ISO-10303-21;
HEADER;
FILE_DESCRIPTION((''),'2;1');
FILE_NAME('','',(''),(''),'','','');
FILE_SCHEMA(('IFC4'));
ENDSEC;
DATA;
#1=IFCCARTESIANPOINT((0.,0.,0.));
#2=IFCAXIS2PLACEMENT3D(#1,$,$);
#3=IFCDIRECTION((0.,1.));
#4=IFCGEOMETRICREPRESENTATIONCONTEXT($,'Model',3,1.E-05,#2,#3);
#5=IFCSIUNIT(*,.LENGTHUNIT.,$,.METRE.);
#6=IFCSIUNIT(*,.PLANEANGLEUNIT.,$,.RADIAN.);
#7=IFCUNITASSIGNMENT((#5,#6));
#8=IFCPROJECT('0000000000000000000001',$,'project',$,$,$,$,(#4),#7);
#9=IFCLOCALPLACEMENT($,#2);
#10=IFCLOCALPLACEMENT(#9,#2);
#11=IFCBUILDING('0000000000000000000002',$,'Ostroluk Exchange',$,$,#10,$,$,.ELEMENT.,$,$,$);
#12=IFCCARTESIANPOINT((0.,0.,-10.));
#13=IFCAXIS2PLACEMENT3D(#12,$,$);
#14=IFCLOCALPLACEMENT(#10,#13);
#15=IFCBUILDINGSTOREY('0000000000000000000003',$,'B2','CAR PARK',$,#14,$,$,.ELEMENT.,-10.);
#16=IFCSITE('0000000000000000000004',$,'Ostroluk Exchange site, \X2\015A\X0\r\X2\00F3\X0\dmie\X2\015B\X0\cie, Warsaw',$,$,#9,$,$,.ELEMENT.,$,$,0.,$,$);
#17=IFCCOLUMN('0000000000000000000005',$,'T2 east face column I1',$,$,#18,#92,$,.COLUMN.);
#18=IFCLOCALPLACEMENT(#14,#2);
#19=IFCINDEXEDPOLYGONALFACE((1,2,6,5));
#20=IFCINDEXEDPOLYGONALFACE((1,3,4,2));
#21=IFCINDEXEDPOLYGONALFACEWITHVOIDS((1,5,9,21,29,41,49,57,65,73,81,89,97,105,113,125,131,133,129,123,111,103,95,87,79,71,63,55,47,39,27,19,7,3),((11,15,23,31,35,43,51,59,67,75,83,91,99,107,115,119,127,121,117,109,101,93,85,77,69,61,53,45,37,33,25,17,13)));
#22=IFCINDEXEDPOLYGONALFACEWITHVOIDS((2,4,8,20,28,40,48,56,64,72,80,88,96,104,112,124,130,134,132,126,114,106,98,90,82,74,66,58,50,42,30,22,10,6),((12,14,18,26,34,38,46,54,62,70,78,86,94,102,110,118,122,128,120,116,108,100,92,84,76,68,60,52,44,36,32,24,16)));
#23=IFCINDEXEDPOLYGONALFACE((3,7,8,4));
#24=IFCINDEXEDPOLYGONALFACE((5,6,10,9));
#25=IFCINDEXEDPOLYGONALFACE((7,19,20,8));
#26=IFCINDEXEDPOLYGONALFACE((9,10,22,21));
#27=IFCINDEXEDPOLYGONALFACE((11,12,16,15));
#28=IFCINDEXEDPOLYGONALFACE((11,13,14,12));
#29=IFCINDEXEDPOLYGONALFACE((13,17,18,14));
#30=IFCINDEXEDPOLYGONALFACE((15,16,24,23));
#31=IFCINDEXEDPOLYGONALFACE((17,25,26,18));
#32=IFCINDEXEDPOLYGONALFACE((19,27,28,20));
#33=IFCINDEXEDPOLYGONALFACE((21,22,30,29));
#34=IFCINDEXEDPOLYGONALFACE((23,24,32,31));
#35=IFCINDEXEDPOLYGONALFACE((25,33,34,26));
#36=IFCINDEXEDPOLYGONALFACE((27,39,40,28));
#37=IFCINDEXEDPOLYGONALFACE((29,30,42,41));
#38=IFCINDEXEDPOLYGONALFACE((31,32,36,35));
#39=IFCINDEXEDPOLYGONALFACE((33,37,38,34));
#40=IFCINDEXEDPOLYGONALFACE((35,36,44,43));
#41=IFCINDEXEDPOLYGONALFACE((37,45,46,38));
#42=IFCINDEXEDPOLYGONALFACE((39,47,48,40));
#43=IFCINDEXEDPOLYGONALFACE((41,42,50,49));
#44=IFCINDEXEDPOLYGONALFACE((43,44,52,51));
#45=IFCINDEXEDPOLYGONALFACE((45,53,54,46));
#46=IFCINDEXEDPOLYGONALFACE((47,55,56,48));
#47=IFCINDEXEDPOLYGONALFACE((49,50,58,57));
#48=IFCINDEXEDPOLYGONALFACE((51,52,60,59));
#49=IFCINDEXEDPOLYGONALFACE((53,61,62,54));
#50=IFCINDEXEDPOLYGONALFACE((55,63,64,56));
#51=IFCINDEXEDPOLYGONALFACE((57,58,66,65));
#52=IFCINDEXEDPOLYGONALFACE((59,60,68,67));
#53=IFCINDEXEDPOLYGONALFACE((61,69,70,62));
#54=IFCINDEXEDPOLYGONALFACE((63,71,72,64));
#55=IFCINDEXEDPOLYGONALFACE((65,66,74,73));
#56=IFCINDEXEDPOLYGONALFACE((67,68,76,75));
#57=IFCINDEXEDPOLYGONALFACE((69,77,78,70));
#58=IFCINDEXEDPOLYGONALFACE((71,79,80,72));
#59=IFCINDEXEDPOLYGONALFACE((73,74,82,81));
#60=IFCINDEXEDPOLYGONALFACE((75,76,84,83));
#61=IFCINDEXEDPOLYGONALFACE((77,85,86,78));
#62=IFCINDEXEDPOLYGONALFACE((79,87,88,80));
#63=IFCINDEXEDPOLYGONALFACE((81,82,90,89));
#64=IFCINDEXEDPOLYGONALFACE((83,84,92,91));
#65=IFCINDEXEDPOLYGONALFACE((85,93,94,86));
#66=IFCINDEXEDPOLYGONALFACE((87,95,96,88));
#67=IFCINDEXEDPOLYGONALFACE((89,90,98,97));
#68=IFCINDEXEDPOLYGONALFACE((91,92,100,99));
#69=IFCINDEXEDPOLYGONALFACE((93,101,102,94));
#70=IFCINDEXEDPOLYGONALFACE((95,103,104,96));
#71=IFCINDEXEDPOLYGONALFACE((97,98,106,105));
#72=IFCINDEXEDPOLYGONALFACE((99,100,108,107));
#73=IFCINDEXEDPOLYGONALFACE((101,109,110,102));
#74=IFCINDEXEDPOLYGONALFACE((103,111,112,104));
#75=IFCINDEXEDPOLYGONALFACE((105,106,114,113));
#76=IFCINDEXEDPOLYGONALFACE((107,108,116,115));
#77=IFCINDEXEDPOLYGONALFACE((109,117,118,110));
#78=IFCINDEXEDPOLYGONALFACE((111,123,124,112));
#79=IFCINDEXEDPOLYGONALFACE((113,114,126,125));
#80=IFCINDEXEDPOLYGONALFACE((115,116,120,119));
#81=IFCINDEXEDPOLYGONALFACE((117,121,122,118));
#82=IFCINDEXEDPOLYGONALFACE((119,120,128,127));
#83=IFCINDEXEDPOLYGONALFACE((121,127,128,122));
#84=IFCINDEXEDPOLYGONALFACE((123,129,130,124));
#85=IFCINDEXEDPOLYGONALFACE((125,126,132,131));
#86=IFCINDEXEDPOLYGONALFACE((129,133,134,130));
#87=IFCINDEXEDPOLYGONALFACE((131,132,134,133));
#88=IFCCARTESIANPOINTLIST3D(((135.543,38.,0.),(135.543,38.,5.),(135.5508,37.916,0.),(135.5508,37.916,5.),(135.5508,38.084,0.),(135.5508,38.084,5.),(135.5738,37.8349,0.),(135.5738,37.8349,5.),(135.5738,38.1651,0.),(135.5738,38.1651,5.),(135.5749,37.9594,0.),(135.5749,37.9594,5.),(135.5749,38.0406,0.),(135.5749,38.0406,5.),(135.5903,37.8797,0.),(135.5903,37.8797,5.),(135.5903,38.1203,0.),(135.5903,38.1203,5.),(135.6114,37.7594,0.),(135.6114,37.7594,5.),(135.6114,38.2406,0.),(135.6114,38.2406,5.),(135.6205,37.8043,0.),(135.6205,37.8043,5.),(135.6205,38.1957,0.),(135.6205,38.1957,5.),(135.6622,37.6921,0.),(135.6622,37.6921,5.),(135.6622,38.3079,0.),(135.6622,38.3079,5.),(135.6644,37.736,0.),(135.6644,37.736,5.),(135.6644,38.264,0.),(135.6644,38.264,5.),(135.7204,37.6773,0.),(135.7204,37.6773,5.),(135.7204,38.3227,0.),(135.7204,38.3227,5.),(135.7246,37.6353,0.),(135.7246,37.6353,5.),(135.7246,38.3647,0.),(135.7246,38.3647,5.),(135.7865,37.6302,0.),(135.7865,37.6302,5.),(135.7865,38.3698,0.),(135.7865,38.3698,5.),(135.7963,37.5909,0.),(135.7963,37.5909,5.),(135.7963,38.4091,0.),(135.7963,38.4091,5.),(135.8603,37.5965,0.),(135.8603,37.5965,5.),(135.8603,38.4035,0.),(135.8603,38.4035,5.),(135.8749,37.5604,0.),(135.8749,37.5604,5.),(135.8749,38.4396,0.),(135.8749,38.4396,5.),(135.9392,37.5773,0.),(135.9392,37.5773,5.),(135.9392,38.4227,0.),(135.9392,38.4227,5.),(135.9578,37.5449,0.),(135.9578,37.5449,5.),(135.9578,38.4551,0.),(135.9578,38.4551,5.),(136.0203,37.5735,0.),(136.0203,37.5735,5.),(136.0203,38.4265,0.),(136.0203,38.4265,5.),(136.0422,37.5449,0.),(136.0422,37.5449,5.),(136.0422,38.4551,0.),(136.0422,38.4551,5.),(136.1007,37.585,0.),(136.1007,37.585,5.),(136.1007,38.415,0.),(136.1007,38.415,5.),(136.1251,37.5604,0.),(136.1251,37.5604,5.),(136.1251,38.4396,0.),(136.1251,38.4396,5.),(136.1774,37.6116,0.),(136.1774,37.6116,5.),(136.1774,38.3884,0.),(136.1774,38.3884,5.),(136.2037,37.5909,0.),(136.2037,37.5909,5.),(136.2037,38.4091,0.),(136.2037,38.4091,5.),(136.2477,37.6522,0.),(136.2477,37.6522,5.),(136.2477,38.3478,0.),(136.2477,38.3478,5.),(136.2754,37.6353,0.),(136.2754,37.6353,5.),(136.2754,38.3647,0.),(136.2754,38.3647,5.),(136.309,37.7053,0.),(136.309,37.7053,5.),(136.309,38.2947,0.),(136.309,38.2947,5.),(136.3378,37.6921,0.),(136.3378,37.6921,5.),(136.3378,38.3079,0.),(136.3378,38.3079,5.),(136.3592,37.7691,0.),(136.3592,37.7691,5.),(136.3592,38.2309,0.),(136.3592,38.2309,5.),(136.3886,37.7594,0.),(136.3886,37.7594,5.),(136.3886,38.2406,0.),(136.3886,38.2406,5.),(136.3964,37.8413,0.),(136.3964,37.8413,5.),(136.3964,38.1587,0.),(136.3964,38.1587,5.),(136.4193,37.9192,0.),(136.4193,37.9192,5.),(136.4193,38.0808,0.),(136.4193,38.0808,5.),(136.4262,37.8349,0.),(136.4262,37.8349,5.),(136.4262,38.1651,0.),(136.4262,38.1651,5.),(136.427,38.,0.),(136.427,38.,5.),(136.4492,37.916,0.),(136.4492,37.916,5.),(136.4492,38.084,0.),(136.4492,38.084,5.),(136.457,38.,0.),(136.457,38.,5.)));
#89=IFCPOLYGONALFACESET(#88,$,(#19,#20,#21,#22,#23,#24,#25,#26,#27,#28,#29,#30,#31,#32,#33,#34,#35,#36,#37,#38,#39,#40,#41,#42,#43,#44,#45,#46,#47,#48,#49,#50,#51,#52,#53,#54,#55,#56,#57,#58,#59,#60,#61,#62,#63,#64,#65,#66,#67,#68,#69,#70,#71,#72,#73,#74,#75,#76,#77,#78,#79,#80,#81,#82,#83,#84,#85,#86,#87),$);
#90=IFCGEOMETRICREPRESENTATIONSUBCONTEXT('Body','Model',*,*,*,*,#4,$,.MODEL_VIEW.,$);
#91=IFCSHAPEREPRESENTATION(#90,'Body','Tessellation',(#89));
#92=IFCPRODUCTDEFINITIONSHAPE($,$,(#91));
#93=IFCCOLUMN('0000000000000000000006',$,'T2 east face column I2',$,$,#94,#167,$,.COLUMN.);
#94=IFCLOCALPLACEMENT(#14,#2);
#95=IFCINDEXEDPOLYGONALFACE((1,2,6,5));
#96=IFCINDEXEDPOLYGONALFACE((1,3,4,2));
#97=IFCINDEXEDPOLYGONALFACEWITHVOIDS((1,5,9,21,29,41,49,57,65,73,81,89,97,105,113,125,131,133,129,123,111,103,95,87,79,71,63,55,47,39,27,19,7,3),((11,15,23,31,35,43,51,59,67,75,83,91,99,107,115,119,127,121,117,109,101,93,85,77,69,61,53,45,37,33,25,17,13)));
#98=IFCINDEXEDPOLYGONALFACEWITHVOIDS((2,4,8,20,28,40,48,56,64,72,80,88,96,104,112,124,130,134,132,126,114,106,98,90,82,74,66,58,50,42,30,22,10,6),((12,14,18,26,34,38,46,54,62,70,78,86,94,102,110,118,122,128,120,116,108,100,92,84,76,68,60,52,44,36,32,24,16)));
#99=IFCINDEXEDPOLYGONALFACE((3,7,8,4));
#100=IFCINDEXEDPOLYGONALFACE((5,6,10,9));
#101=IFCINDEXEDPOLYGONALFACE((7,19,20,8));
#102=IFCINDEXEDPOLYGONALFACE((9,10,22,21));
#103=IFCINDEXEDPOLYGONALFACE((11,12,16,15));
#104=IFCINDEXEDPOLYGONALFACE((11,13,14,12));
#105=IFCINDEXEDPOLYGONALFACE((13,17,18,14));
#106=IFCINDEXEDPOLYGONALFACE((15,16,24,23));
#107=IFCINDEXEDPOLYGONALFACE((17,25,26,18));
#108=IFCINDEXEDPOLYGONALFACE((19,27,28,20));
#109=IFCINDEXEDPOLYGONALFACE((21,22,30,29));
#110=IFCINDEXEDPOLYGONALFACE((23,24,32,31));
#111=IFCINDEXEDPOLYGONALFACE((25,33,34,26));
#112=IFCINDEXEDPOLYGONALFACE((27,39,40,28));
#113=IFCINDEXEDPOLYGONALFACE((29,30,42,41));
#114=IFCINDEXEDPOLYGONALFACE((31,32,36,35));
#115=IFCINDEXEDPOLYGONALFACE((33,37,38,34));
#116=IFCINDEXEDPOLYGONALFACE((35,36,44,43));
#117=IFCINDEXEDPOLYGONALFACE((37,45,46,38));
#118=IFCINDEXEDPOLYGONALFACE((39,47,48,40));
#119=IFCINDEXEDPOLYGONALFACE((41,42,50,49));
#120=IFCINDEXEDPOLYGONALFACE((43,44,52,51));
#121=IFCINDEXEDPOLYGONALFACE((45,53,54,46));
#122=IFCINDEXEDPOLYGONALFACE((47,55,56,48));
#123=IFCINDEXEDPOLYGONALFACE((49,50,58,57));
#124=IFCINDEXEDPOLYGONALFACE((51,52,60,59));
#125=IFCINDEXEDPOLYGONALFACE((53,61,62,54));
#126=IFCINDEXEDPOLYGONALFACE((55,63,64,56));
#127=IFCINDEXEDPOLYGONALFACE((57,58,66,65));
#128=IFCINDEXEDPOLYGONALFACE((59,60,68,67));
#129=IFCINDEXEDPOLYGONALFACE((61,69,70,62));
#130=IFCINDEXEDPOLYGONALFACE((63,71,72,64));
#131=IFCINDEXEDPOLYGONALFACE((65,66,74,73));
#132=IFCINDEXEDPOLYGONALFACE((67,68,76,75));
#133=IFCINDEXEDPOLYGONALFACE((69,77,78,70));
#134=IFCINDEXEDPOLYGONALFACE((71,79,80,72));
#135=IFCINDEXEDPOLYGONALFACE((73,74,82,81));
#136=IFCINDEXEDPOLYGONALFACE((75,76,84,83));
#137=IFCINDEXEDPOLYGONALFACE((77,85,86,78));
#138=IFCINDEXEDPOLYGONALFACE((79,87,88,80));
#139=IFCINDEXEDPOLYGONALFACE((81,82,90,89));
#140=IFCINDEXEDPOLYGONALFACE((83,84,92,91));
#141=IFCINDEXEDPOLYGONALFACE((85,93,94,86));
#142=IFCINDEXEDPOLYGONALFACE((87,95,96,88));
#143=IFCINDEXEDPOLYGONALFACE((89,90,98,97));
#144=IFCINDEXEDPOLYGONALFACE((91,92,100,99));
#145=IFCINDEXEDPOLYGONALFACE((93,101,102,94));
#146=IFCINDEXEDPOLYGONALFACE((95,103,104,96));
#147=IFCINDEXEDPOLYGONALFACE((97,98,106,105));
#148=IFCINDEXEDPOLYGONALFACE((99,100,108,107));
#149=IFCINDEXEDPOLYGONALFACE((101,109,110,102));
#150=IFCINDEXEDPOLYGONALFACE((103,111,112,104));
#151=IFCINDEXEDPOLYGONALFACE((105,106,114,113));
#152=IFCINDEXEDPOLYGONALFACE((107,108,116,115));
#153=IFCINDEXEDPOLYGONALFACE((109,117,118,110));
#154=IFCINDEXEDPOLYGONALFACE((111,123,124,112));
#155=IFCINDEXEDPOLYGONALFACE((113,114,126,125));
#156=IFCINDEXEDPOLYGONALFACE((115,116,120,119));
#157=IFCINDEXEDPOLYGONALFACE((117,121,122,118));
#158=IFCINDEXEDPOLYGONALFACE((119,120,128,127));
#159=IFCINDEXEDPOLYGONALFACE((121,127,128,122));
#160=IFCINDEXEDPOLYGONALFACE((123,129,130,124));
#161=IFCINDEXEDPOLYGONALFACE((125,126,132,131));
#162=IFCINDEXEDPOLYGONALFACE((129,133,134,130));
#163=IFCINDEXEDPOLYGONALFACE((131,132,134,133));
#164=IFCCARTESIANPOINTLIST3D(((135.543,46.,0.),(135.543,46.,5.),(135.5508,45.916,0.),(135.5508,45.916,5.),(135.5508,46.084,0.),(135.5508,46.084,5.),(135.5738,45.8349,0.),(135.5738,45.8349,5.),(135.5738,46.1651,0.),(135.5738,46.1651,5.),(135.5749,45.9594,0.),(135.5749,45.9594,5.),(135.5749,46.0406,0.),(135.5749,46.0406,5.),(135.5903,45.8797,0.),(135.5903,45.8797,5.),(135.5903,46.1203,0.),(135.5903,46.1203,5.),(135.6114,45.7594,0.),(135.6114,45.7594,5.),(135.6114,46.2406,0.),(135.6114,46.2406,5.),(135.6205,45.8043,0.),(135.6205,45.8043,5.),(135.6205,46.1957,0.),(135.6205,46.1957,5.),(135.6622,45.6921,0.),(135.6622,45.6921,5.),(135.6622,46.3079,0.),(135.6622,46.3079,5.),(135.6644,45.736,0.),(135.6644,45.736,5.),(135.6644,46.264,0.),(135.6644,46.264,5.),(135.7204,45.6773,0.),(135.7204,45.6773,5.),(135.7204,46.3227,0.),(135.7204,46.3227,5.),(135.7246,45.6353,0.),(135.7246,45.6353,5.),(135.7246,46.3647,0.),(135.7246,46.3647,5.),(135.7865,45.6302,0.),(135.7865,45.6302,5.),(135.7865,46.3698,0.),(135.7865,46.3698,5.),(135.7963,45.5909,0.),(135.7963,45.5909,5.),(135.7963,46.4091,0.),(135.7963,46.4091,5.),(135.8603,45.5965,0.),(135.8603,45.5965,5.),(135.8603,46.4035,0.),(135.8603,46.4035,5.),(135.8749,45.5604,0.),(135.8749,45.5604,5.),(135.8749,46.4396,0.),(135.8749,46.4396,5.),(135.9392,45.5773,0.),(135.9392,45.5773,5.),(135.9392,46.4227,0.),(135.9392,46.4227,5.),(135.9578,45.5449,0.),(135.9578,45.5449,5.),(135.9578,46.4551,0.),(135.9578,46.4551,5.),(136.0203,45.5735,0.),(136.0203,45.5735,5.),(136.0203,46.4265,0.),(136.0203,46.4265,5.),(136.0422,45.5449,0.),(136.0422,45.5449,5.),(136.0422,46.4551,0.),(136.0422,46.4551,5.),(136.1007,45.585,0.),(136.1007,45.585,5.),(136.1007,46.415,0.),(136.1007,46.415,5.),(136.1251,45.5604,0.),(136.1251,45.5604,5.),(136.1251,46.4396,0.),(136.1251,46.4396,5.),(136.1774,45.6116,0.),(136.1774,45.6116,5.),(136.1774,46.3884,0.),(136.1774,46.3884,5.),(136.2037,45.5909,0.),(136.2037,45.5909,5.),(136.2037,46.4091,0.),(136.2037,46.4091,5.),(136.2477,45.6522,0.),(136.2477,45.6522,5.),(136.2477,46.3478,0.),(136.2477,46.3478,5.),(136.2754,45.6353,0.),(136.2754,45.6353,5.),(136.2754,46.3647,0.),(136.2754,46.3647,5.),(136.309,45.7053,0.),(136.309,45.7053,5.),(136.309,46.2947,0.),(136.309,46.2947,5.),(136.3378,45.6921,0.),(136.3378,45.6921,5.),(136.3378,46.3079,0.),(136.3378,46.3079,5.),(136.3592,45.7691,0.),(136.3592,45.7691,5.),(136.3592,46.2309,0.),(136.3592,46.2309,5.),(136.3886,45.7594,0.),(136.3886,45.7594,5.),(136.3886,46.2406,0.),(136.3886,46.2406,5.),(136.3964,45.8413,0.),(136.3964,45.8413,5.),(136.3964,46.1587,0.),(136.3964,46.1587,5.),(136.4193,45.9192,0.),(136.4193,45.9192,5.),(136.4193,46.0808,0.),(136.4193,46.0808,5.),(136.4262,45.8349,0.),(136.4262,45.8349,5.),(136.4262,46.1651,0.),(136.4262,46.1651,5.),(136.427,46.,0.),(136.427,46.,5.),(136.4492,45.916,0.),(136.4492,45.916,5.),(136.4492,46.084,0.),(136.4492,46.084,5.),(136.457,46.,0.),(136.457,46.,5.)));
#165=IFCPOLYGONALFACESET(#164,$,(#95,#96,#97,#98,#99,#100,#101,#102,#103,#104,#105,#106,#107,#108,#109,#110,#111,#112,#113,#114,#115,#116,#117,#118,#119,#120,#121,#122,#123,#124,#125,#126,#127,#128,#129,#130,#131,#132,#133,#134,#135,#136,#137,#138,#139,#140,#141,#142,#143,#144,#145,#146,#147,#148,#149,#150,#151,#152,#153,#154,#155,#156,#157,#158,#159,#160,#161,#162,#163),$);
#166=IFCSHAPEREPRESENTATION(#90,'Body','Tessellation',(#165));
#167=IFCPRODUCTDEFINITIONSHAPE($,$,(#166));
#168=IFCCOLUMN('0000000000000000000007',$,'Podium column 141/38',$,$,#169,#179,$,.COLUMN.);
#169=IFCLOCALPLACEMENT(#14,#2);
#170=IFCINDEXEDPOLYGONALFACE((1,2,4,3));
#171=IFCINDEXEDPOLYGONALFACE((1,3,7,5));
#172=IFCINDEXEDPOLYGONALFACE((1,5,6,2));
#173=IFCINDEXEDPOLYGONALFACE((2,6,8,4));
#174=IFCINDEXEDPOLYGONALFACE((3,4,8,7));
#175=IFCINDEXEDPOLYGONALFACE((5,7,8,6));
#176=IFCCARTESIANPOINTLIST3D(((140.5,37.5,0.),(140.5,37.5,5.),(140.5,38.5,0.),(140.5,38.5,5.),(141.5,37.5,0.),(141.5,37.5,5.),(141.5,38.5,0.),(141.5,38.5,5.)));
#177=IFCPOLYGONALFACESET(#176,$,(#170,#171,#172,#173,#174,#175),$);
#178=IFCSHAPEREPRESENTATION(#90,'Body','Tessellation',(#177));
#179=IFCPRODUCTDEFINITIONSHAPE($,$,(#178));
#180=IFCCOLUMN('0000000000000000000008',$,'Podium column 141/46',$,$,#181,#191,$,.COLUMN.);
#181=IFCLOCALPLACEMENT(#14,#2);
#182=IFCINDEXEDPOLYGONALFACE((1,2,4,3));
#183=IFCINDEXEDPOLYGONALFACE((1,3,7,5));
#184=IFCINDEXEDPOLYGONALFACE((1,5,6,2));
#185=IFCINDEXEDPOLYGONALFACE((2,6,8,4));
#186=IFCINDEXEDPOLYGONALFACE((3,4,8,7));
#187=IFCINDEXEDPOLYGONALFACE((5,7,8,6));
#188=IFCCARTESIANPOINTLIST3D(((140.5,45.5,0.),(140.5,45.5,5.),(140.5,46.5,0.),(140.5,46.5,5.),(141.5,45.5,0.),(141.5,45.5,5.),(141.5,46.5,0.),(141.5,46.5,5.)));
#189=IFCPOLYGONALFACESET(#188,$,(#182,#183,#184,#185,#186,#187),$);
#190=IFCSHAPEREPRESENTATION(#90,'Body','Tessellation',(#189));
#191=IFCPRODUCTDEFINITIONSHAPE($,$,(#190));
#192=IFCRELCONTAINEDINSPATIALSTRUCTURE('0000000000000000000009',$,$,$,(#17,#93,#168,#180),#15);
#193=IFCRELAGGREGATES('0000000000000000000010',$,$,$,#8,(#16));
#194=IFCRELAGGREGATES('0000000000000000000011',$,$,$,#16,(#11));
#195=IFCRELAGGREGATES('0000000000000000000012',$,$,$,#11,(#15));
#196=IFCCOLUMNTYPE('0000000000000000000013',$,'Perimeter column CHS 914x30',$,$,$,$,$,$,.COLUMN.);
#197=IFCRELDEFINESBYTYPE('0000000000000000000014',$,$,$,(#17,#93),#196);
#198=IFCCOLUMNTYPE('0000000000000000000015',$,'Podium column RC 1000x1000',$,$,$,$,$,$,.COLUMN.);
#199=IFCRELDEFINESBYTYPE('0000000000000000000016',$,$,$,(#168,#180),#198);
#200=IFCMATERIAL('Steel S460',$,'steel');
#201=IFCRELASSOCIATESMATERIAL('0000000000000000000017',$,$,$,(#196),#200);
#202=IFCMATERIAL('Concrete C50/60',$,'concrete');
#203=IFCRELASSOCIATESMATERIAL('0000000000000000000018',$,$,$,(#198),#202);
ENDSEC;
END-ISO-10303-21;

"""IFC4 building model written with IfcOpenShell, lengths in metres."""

from ifc_helpers import new_model, si_unit, direction, frame, origin, origin_2d, place, context, subcontext, project, spatial, rectangle, hollow_circle, extrude, material, material_profile, profile_set, type_object, element, save


model = new_model("IFC4")

# Units and contexts
model_context = context("Model", 3, precision=1e-05, world=origin(), true_north=direction((0.0, 1.0)))
body_context = subcontext(model_context, "Body", "Model", "MODEL_VIEW")
ifc_project = project(units=[si_unit("LENGTHUNIT", "METRE"), si_unit("PLANEANGLEUNIT", "RADIAN")], contexts=[model_context])

# Site, building, storey
site_placement = place(None, origin())
site = spatial("IfcSite", under=ifc_project, at=site_placement, Name="Ostroluk Exchange site, Śródmieście, Warsaw", CompositionType="ELEMENT", RefElevation=0.0)
building_placement = place(site_placement, origin())
building = spatial("IfcBuilding", under=site, at=building_placement, Name="Ostroluk Exchange", CompositionType="ELEMENT")
storey_placement = place(building_placement, frame((0.0, 0.0, -10.0)))
storey = spatial("IfcBuildingStorey", under=building, at=storey_placement, Name="B2", Description="CAR PARK", CompositionType="ELEMENT", Elevation=-10.0)

# Columns
ifc_material_1 = material(Name="Steel S460", Category="steel")
ifc_material_profile_1 = material_profile(ifc_material_1, hollow_circle(Radius=0.457, WallThickness=0.03, at=origin_2d()), Name="CHS 914x30")
ifc_profile_set_1 = profile_set([ifc_material_profile_1], Name="Steel S460")
column_type_1 = type_object("IfcColumnType", Name="Perimeter column CHS 914x30", PredefinedType="COLUMN", material=ifc_profile_set_1)
for number, where, z_axis, x_axis, name in (
    (1, (136.0, 38.0, 0.0), (0.0, 0.0, 1.0), (1.0, 0.0, 0.0), "T2 east face column I1"),
    (2, (136.0, 46.0, 0.0), (0.0, 0.0, 1.0), (1.0, 0.0, 0.0), "T2 east face column I2"),
):
    element("IfcColumn", number, at=place(storey_placement, frame(where, z_axis=z_axis, x_axis=x_axis)), inside=storey, type_object=column_type_1, Name=name, PredefinedType="COLUMN", context=body_context, shape_type="SweptSolid", body=[
        extrude(hollow_circle(Radius=0.457, WallThickness=0.03, at=origin_2d()), origin(), (0.0, 0.0, 1.0), 5.0),
    ])
ifc_material_2 = material(Name="Concrete C50/60", Category="concrete")
ifc_material_profile_2 = material_profile(ifc_material_2, rectangle(XDim=1.0, YDim=1.0, at=origin_2d()), Name="RC 1000x1000")
ifc_profile_set_2 = profile_set([ifc_material_profile_2], Name="Concrete C50/60")
column_type_2 = type_object("IfcColumnType", Name="Podium column RC 1000x1000", PredefinedType="COLUMN", material=ifc_profile_set_2)
for number, where, z_axis, x_axis, name in (
    (3, (141.0, 38.0, 0.0), (0.0, 0.0, 1.0), (1.0, 0.0, 0.0), "Podium column 141/38"),
    (4, (141.0, 46.0, 0.0), (0.0, 0.0, 1.0), (1.0, 0.0, 0.0), "Podium column 141/46"),
):
    element("IfcColumn", number, at=place(storey_placement, frame(where, z_axis=z_axis, x_axis=x_axis)), inside=storey, type_object=column_type_2, Name=name, PredefinedType="COLUMN", context=body_context, shape_type="SweptSolid", body=[
        extrude(rectangle(XDim=1.0, YDim=1.0, at=origin_2d()), origin(), (0.0, 0.0, 1.0), 5.0),
    ])

save(model, "model.ifc")
